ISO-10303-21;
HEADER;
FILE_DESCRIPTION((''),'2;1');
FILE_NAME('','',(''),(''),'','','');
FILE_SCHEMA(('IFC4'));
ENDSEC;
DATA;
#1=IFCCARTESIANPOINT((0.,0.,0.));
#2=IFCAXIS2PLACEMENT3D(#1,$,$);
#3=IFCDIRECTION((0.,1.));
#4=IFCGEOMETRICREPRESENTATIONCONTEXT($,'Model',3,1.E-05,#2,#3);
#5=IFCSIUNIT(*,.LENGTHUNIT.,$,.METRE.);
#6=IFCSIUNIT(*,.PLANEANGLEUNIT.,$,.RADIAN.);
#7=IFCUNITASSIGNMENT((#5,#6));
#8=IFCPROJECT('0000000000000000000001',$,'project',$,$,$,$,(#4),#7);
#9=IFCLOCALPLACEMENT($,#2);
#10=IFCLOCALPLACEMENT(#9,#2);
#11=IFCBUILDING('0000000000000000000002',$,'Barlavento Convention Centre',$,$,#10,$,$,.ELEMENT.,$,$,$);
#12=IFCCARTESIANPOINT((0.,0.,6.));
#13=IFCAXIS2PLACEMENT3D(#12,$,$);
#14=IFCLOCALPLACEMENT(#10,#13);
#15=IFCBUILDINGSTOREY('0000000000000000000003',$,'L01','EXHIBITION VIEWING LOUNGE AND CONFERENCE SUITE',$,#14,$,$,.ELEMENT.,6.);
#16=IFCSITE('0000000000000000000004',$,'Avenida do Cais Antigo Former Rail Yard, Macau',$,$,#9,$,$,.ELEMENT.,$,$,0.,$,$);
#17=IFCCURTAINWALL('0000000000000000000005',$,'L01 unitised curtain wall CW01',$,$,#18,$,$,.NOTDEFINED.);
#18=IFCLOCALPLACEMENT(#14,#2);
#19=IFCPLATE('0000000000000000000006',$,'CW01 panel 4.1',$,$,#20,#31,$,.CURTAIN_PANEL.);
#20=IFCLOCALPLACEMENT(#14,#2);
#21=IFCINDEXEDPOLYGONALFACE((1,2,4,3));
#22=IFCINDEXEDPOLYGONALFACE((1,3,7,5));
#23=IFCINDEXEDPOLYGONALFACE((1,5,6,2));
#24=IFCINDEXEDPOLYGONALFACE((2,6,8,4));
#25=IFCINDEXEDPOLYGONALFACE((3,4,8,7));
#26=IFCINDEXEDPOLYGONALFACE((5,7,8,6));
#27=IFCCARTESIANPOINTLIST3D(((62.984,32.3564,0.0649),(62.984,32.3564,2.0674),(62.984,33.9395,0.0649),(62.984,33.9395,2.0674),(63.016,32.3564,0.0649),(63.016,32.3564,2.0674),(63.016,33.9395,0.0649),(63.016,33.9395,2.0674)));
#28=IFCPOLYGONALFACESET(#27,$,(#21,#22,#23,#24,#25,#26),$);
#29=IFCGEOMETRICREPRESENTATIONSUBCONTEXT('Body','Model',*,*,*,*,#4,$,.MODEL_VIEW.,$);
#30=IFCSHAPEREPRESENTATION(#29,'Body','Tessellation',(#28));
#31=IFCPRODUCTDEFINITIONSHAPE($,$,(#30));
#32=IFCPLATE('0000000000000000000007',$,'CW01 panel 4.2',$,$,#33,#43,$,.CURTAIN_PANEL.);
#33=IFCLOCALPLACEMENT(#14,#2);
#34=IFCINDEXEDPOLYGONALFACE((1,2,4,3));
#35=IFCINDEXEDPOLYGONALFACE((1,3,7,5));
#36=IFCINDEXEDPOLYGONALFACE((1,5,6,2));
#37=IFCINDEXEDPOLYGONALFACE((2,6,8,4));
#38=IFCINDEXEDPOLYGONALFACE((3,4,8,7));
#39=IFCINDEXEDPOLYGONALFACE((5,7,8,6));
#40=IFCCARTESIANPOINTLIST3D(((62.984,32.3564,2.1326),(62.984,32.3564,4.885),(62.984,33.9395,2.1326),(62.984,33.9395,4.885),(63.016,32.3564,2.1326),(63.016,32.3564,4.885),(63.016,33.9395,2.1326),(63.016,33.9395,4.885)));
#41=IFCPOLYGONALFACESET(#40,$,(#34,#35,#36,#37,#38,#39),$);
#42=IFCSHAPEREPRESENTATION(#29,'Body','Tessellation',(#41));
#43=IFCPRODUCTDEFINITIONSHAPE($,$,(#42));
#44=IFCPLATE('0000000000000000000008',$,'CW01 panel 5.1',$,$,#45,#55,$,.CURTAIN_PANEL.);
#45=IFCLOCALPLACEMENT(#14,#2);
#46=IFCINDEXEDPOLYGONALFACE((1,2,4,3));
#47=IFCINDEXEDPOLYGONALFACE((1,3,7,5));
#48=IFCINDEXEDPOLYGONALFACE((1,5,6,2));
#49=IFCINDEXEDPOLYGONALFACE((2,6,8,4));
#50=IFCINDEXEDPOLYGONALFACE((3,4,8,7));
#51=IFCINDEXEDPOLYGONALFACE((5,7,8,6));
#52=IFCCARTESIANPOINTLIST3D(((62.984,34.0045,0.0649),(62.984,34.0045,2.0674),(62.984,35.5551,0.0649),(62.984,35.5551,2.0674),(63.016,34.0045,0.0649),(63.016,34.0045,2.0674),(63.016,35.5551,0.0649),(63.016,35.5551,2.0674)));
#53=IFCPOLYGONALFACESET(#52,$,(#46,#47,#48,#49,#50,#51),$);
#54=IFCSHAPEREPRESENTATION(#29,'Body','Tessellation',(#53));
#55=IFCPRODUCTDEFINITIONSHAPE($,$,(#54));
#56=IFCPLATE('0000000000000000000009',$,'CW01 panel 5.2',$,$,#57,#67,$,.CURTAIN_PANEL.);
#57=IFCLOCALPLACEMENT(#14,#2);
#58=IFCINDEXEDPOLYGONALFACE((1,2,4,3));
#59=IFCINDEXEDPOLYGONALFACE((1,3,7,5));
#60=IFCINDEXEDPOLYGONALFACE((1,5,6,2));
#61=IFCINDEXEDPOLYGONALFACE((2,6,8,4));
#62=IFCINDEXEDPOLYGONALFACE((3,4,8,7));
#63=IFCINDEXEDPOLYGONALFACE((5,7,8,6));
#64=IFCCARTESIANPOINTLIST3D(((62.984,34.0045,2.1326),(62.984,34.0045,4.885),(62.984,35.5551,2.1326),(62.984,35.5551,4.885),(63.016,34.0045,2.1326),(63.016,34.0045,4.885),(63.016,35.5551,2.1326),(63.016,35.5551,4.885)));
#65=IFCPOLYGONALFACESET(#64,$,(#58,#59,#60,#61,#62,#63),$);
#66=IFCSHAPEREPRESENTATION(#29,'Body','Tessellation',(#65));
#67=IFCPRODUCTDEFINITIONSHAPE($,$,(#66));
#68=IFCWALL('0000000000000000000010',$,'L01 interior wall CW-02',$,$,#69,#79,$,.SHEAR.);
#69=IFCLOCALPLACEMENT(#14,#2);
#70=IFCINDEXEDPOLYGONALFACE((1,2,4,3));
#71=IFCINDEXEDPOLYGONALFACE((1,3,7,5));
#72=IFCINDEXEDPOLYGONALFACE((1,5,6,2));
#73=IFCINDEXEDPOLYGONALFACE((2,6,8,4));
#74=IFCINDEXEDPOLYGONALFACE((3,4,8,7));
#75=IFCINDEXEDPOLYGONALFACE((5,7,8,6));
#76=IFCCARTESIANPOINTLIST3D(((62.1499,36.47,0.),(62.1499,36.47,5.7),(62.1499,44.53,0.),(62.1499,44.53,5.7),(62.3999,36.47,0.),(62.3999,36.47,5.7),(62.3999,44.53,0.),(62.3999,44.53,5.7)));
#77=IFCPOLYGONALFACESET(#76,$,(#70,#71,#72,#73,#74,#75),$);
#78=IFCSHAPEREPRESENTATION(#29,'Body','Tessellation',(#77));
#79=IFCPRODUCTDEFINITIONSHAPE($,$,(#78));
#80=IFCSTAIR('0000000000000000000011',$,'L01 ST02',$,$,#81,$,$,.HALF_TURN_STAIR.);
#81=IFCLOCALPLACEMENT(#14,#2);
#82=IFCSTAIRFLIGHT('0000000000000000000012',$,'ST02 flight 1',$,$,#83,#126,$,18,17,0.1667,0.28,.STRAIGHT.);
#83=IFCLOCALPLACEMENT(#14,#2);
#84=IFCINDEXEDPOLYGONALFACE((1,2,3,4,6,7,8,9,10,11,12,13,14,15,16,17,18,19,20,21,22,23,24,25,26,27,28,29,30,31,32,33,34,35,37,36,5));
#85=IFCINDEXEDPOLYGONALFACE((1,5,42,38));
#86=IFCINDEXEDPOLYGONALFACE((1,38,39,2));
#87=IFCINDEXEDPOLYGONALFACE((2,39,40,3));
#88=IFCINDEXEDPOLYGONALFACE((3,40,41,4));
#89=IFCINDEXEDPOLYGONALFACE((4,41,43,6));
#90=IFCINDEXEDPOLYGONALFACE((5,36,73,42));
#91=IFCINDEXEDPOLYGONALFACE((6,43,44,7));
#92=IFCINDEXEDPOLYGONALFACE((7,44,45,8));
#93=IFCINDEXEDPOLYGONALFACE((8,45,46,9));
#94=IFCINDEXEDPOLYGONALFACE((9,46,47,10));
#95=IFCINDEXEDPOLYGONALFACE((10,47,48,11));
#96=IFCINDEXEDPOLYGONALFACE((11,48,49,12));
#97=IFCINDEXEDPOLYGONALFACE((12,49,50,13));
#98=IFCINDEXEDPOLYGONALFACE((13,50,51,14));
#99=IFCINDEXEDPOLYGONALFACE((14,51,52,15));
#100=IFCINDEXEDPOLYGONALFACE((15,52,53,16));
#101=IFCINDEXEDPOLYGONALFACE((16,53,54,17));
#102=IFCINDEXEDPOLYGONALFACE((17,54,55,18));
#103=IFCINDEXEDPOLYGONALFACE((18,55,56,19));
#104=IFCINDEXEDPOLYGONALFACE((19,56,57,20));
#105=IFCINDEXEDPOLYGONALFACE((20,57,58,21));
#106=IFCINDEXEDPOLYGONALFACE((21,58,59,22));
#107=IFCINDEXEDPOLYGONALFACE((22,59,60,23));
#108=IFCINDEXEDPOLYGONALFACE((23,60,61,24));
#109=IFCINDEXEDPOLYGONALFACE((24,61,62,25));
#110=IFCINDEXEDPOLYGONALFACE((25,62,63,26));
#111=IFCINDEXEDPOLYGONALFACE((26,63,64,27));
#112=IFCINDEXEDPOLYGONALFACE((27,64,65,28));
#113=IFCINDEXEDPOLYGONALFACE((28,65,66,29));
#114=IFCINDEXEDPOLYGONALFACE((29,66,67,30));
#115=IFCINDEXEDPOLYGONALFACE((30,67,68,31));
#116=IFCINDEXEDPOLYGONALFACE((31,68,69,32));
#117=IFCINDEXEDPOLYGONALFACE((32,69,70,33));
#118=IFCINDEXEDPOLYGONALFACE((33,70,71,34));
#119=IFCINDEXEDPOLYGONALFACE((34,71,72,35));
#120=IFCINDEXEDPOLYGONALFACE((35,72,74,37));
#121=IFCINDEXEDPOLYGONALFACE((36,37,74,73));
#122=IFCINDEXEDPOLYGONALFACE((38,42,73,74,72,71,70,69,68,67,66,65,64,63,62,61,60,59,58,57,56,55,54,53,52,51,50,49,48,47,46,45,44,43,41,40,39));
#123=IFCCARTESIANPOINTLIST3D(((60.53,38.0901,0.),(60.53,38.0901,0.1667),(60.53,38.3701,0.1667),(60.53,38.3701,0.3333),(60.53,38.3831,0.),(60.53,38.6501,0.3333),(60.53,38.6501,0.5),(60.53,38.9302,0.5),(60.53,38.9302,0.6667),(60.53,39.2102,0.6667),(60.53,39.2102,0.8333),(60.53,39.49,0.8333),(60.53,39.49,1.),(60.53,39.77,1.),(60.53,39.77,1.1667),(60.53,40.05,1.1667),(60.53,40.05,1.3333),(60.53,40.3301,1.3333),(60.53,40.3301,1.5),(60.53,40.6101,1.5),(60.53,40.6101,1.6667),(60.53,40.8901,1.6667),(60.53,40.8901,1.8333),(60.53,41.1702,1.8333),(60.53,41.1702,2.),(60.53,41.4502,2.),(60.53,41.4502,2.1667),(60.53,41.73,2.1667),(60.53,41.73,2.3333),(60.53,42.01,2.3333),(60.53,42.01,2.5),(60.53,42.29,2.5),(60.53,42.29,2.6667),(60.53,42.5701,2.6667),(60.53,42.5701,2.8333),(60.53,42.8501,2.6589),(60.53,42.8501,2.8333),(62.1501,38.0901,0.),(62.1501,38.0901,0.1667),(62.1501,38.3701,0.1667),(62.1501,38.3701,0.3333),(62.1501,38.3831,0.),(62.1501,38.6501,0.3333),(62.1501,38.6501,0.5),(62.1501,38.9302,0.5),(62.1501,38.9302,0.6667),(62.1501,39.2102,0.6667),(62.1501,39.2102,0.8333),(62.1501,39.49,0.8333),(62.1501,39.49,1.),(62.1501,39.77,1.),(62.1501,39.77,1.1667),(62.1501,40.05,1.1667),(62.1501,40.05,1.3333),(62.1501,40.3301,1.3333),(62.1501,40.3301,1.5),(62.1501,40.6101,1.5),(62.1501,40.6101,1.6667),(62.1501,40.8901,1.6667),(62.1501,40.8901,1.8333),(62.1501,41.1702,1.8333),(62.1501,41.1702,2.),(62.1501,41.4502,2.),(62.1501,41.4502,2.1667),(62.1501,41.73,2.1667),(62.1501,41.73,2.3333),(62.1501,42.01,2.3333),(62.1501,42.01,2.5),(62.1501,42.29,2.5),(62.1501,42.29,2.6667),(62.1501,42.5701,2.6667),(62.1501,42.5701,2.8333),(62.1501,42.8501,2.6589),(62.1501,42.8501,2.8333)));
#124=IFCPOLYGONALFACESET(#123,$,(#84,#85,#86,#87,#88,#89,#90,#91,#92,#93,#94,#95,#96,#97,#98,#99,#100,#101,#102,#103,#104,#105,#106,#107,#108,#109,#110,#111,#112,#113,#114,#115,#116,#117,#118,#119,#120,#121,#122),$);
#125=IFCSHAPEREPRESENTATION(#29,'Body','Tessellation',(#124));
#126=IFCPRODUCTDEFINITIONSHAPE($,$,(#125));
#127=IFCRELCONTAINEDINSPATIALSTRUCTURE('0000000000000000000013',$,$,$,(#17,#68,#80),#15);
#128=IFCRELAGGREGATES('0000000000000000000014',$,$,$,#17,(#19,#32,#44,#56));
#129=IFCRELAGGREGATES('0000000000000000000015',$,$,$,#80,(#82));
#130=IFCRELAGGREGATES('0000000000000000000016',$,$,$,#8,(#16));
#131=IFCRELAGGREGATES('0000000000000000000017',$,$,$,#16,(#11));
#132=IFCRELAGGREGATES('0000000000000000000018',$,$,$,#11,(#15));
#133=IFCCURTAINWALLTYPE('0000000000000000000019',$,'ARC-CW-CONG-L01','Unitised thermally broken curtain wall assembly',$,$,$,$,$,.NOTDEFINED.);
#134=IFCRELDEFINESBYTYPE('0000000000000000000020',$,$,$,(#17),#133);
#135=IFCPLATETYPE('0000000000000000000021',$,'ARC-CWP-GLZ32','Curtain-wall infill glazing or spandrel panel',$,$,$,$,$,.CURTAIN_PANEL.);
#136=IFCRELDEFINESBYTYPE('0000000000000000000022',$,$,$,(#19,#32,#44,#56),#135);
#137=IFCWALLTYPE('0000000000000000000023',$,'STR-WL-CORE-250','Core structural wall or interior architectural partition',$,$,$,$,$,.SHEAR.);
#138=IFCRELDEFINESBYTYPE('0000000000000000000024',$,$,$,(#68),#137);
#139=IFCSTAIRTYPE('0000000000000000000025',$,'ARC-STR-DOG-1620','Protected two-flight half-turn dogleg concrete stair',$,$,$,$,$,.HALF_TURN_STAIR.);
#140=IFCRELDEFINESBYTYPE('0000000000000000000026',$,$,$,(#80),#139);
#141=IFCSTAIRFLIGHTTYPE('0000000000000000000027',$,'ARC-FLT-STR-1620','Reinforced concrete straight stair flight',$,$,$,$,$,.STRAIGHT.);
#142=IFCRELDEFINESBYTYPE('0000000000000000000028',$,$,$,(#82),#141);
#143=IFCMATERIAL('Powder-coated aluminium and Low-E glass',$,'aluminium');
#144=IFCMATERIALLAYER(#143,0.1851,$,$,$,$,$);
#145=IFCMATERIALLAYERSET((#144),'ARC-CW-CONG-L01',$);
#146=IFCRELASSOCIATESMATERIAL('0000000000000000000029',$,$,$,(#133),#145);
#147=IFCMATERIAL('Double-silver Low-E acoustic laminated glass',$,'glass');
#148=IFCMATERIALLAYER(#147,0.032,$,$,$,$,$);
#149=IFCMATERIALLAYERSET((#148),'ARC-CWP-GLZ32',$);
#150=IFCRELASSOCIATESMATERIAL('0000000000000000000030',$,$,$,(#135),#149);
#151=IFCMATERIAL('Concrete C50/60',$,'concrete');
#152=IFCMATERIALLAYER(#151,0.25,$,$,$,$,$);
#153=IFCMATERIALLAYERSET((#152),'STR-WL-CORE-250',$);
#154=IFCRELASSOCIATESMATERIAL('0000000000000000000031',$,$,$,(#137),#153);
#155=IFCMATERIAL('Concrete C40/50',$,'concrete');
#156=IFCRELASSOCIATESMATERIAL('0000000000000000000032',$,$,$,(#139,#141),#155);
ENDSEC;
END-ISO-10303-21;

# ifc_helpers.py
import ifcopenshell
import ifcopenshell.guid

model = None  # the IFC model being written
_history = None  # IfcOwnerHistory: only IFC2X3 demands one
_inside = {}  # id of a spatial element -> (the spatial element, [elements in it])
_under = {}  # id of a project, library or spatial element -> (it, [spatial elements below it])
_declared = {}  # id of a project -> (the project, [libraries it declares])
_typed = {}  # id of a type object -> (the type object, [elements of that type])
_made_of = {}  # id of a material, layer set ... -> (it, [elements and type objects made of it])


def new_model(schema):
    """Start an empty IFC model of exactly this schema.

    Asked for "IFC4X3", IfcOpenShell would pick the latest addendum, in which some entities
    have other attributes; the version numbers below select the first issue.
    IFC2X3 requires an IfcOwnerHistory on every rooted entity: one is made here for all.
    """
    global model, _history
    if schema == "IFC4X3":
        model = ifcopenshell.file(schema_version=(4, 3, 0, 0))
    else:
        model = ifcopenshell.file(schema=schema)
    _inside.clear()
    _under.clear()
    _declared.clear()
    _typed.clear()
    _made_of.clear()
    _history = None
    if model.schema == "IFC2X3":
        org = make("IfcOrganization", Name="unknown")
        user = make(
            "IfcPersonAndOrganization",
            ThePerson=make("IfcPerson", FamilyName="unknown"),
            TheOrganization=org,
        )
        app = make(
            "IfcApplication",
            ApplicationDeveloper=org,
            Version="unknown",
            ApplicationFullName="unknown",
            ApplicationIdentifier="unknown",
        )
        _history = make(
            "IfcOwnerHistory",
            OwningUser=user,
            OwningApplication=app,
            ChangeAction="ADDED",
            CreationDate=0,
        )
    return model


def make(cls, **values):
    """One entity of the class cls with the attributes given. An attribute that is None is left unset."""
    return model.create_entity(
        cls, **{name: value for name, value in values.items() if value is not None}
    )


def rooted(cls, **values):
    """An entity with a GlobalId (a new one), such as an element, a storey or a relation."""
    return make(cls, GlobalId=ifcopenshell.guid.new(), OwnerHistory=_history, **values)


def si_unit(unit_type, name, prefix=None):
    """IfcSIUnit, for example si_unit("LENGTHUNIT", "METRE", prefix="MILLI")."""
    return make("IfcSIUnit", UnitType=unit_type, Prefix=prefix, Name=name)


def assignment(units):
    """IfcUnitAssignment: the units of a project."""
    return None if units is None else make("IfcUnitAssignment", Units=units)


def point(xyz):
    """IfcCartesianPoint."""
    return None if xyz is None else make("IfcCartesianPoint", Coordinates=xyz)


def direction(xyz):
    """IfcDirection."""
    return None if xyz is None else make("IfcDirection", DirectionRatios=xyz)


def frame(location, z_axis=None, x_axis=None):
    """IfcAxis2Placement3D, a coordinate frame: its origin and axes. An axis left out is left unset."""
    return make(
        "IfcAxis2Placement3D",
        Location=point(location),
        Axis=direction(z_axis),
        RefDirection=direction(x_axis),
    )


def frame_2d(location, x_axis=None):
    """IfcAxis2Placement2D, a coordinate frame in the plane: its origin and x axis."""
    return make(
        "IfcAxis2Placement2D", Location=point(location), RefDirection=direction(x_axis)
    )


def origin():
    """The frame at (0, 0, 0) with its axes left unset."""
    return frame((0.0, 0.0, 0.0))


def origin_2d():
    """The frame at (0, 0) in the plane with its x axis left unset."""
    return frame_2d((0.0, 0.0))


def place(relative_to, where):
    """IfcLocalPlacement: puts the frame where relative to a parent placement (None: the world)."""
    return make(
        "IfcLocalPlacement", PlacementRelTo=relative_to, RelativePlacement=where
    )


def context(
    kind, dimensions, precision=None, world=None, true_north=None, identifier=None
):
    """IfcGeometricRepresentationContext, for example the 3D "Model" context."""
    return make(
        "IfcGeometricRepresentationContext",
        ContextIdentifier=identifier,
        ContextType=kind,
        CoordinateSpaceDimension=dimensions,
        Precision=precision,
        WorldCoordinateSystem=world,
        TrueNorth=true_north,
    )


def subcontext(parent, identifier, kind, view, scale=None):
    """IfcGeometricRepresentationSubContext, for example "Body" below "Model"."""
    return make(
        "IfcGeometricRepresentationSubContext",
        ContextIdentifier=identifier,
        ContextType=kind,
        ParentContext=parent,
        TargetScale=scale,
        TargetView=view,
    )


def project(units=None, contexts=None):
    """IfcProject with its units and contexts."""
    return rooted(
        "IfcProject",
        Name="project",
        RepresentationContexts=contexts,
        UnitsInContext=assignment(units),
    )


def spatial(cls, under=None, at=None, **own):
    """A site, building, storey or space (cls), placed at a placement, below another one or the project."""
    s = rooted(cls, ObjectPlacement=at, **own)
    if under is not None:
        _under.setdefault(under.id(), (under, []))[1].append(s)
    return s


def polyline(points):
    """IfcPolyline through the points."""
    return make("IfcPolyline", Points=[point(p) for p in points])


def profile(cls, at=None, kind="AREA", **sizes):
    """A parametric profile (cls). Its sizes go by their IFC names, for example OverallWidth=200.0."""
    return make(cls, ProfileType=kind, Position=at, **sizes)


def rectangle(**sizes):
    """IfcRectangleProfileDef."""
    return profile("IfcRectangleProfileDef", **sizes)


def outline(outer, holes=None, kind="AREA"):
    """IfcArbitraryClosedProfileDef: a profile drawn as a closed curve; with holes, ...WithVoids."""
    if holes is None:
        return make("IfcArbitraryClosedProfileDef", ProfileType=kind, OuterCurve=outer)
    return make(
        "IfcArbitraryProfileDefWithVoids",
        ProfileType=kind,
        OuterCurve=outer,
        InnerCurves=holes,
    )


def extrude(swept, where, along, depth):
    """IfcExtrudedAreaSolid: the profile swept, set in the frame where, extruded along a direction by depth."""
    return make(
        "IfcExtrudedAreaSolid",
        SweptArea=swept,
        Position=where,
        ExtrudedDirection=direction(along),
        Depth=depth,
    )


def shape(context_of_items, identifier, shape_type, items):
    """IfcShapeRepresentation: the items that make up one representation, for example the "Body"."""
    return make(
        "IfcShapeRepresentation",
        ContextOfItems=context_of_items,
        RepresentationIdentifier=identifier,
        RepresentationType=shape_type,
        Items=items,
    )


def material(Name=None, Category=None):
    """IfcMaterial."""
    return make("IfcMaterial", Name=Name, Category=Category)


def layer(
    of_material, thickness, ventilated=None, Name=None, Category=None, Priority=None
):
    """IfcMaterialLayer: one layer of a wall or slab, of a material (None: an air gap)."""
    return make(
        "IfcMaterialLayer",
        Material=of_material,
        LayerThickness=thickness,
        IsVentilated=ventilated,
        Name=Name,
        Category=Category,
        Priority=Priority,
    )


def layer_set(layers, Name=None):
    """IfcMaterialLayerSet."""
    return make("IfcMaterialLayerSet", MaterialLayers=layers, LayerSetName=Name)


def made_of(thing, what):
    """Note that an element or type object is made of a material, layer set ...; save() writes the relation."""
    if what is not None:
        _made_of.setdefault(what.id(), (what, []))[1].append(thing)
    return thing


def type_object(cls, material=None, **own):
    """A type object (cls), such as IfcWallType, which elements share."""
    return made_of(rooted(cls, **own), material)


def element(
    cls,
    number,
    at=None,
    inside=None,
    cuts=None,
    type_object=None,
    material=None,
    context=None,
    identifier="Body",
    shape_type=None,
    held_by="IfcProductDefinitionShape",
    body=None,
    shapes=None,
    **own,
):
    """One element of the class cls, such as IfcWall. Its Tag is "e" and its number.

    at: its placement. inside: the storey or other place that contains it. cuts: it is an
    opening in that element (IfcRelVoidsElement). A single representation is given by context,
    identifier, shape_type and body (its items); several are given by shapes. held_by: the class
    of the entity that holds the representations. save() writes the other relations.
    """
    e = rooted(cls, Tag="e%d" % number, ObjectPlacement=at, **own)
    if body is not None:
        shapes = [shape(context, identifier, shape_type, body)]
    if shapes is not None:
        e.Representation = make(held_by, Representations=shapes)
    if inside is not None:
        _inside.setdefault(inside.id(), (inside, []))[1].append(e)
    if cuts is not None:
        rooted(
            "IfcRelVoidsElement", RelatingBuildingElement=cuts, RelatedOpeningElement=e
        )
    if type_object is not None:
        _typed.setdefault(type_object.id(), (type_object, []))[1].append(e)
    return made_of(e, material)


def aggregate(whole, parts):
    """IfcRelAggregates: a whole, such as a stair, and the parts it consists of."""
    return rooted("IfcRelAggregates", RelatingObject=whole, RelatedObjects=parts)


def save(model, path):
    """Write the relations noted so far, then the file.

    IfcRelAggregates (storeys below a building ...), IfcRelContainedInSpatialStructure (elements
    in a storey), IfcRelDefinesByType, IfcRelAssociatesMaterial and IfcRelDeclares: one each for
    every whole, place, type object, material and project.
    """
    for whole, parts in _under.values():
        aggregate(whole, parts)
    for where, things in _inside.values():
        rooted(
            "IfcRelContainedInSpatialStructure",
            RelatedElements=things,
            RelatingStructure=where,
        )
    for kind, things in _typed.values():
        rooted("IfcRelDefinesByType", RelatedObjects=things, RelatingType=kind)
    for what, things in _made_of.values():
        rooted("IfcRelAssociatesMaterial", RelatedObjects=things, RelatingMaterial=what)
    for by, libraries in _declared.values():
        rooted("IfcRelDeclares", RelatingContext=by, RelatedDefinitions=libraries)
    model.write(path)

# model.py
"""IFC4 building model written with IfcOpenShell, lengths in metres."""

from ifc_helpers import new_model, si_unit, direction, frame, frame_2d, origin, origin_2d, place, context, subcontext, project, spatial, polyline, rectangle, outline, extrude, material, layer, layer_set, type_object, element, aggregate, save


model = new_model("IFC4")

# Units and contexts
model_context = context("Model", 3, precision=1e-05, world=origin(), true_north=direction((0.0, 1.0)))
body_context = subcontext(model_context, "Body", "Model", "MODEL_VIEW")
ifc_project = project(units=[si_unit("LENGTHUNIT", "METRE"), si_unit("PLANEANGLEUNIT", "RADIAN")], contexts=[model_context])

# Site, building, storey
site_placement = place(None, origin())
site = spatial("IfcSite", under=ifc_project, at=site_placement, Name="Avenida do Cais Antigo Former Rail Yard, Macau", CompositionType="ELEMENT", RefElevation=0.0)
building_placement = place(site_placement, origin())
building = spatial("IfcBuilding", under=site, at=building_placement, Name="Barlavento Convention Centre", CompositionType="ELEMENT")
storey_placement = place(building_placement, frame((0.0, 0.0, 6.0)))
storey = spatial("IfcBuildingStorey", under=building, at=storey_placement, Name="L01", Description="EXHIBITION VIEWING LOUNGE AND CONFERENCE SUITE", CompositionType="ELEMENT", Elevation=6.0)

# Shared definitions
ifc_material_1 = material(Name="Concrete C40/50", Category="concrete")

# Curtain wall
ifc_material_2 = material(Name="Powder-coated aluminium and Low-E glass", Category="aluminium")
ifc_layer_1 = layer(ifc_material_2, 0.1851)
ifc_layer_set_1 = layer_set([ifc_layer_1], Name="ARC-CW-CONG-L01")
curtain_wall_type = type_object("IfcCurtainWallType", Name="ARC-CW-CONG-L01", Description="Unitised thermally broken curtain wall assembly", PredefinedType="NOTDEFINED", material=ifc_layer_set_1)
curtain_wall_1_placement = place(storey_placement, origin())
curtain_wall_1 = element("IfcCurtainWall", 1, at=curtain_wall_1_placement, inside=storey, type_object=curtain_wall_type, Name="L01 unitised curtain wall CW01", PredefinedType="NOTDEFINED")

# Plates
ifc_material_3 = material(Name="Double-silver Low-E acoustic laminated glass", Category="glass")
ifc_layer_2 = layer(ifc_material_3, 0.032)
ifc_layer_set_2 = layer_set([ifc_layer_2], Name="ARC-CWP-GLZ32")
plate_type = type_object("IfcPlateType", Name="ARC-CWP-GLZ32", Description="Curtain-wall infill glazing or spandrel panel", PredefinedType="CURTAIN_PANEL", material=ifc_layer_set_2)
plate_1_placement = place(storey_placement, frame((63.0, 33.1479, 0.0649), z_axis=(0.0, 0.0, 1.0), x_axis=(0.0, 1.0, 0.0)))
plate_1 = element("IfcPlate", 2, at=plate_1_placement, type_object=plate_type, Name="CW01 panel 4.1", PredefinedType="CURTAIN_PANEL", context=body_context, shape_type="SweptSolid", body=[
    extrude(rectangle(XDim=1.583, YDim=0.032, at=origin_2d()), origin(), (0.0, 0.0, 1.0), 2.0024),
])
plate_2_placement = place(storey_placement, frame((63.0, 33.1479, 2.1326), z_axis=(0.0, 0.0, 1.0), x_axis=(0.0, 1.0, 0.0)))
plate_2 = element("IfcPlate", 3, at=plate_2_placement, type_object=plate_type, Name="CW01 panel 4.2", PredefinedType="CURTAIN_PANEL", context=body_context, shape_type="SweptSolid", body=[
    extrude(rectangle(XDim=1.583, YDim=0.032, at=origin_2d()), origin(), (0.0, 0.0, 1.0), 2.7524),
])
plate_3_placement = place(storey_placement, frame((63.0, 34.7798, 0.0649), z_axis=(0.0, 0.0, 1.0), x_axis=(0.0, 1.0, 0.0)))
plate_3 = element("IfcPlate", 4, at=plate_3_placement, type_object=plate_type, Name="CW01 panel 5.1", PredefinedType="CURTAIN_PANEL", context=body_context, shape_type="SweptSolid", body=[
    extrude(rectangle(XDim=1.5505, YDim=0.032, at=origin_2d()), origin(), (0.0, 0.0, 1.0), 2.0024),
])
plate_4_placement = place(storey_placement, frame((63.0, 34.7798, 2.1326), z_axis=(0.0, 0.0, 1.0), x_axis=(0.0, 1.0, 0.0)))
plate_4 = element("IfcPlate", 5, at=plate_4_placement, type_object=plate_type, Name="CW01 panel 5.2", PredefinedType="CURTAIN_PANEL", context=body_context, shape_type="SweptSolid", body=[
    extrude(rectangle(XDim=1.5505, YDim=0.032, at=origin_2d()), origin(), (0.0, 0.0, 1.0), 2.7524),
])
aggregate(curtain_wall_1, [plate_1, plate_2, plate_3, plate_4])

# Wall
ifc_material_4 = material(Name="Concrete C50/60", Category="concrete")
ifc_layer_3 = layer(ifc_material_4, 0.25)
ifc_layer_set_3 = layer_set([ifc_layer_3], Name="STR-WL-CORE-250")
wall_type = type_object("IfcWallType", Name="STR-WL-CORE-250", Description="Core structural wall or interior architectural partition", PredefinedType="SHEAR", material=ifc_layer_set_3)
wall_placement = place(storey_placement, frame((62.2749, 36.47, 0.0), z_axis=(0.0, 0.0, 1.0), x_axis=(0.0, 1.0, 0.0)))
element("IfcWall", 6, at=wall_placement, inside=storey, type_object=wall_type, Name="L01 interior wall CW-02", PredefinedType="SHEAR", context=body_context, shape_type="SweptSolid", body=[
    extrude(rectangle(XDim=8.0601, YDim=0.25, at=frame_2d((4.03, 0.0))), origin(), (0.0, 0.0, 1.0), 5.7),
])

# Stair, stair flight
stair_type = type_object("IfcStairType", Name="ARC-STR-DOG-1620", Description="Protected two-flight half-turn dogleg concrete stair", PredefinedType="HALF_TURN_STAIR", material=ifc_material_1)
stair_placement = place(storey_placement, origin())
stair = element("IfcStair", 7, at=stair_placement, inside=storey, type_object=stair_type, Name="L01 ST02", PredefinedType="HALF_TURN_STAIR")
stair_flight_type = type_object("IfcStairFlightType", Name="ARC-FLT-STR-1620", Description="Reinforced concrete straight stair flight", PredefinedType="STRAIGHT", material=ifc_material_1)
stair_flight_placement = place(storey_placement, frame((61.3401, 38.0901, 0.0), z_axis=(0.0, 0.0, 1.0), x_axis=(0.0, 1.0, 0.0)))
stair_flight = element("IfcStairFlight", 8, at=stair_flight_placement, type_object=stair_flight_type, Name="ST02 flight 1", NumberOfRisers=18, NumberOfTreads=17, PredefinedType="STRAIGHT", RiserHeight=0.1667, TreadLength=0.28, context=body_context, shape_type="SweptSolid", body=[
    extrude(outline(polyline([(0.0, 0.0), (0.0, 0.1667), (0.28, 0.1667), (0.28, 0.3333), (0.5601, 0.3333), (0.5601, 0.5), (0.8401, 0.5), (0.8401, 0.6667), (1.1201, 0.6667), (1.1201, 0.8333), (1.3999, 0.8333), (1.3999, 1.0), (1.6799, 1.0), (1.6799, 1.1667), (1.96, 1.1667), (1.96, 1.3333), (2.24, 1.3333), (2.24, 1.5), (2.52, 1.5), (2.52, 1.6667), (2.8, 1.6667), (2.8, 1.8333), (3.0801, 1.8333), (3.0801, 2.0), (3.3601, 2.0), (3.3601, 2.1667), (3.6399, 2.1667), (3.6399, 2.3333), (3.9199, 2.3333), (3.9199, 2.5), (4.2, 2.5), (4.2, 2.6667), (4.48, 2.6667), (4.48, 2.8333), (4.76, 2.8333), (4.76, 3.0), (4.76, 2.6589), (0.293, 0.0), (0.0, 0.0)])), frame((0.0, 0.8101, 0.0), z_axis=(0.0, -1.0, 0.0), x_axis=(1.0, 0.0, 0.0)), (0.0, 0.0, 1.0), 1.6201),
])
aggregate(stair, [stair_flight])

save(model, "model.ifc")
